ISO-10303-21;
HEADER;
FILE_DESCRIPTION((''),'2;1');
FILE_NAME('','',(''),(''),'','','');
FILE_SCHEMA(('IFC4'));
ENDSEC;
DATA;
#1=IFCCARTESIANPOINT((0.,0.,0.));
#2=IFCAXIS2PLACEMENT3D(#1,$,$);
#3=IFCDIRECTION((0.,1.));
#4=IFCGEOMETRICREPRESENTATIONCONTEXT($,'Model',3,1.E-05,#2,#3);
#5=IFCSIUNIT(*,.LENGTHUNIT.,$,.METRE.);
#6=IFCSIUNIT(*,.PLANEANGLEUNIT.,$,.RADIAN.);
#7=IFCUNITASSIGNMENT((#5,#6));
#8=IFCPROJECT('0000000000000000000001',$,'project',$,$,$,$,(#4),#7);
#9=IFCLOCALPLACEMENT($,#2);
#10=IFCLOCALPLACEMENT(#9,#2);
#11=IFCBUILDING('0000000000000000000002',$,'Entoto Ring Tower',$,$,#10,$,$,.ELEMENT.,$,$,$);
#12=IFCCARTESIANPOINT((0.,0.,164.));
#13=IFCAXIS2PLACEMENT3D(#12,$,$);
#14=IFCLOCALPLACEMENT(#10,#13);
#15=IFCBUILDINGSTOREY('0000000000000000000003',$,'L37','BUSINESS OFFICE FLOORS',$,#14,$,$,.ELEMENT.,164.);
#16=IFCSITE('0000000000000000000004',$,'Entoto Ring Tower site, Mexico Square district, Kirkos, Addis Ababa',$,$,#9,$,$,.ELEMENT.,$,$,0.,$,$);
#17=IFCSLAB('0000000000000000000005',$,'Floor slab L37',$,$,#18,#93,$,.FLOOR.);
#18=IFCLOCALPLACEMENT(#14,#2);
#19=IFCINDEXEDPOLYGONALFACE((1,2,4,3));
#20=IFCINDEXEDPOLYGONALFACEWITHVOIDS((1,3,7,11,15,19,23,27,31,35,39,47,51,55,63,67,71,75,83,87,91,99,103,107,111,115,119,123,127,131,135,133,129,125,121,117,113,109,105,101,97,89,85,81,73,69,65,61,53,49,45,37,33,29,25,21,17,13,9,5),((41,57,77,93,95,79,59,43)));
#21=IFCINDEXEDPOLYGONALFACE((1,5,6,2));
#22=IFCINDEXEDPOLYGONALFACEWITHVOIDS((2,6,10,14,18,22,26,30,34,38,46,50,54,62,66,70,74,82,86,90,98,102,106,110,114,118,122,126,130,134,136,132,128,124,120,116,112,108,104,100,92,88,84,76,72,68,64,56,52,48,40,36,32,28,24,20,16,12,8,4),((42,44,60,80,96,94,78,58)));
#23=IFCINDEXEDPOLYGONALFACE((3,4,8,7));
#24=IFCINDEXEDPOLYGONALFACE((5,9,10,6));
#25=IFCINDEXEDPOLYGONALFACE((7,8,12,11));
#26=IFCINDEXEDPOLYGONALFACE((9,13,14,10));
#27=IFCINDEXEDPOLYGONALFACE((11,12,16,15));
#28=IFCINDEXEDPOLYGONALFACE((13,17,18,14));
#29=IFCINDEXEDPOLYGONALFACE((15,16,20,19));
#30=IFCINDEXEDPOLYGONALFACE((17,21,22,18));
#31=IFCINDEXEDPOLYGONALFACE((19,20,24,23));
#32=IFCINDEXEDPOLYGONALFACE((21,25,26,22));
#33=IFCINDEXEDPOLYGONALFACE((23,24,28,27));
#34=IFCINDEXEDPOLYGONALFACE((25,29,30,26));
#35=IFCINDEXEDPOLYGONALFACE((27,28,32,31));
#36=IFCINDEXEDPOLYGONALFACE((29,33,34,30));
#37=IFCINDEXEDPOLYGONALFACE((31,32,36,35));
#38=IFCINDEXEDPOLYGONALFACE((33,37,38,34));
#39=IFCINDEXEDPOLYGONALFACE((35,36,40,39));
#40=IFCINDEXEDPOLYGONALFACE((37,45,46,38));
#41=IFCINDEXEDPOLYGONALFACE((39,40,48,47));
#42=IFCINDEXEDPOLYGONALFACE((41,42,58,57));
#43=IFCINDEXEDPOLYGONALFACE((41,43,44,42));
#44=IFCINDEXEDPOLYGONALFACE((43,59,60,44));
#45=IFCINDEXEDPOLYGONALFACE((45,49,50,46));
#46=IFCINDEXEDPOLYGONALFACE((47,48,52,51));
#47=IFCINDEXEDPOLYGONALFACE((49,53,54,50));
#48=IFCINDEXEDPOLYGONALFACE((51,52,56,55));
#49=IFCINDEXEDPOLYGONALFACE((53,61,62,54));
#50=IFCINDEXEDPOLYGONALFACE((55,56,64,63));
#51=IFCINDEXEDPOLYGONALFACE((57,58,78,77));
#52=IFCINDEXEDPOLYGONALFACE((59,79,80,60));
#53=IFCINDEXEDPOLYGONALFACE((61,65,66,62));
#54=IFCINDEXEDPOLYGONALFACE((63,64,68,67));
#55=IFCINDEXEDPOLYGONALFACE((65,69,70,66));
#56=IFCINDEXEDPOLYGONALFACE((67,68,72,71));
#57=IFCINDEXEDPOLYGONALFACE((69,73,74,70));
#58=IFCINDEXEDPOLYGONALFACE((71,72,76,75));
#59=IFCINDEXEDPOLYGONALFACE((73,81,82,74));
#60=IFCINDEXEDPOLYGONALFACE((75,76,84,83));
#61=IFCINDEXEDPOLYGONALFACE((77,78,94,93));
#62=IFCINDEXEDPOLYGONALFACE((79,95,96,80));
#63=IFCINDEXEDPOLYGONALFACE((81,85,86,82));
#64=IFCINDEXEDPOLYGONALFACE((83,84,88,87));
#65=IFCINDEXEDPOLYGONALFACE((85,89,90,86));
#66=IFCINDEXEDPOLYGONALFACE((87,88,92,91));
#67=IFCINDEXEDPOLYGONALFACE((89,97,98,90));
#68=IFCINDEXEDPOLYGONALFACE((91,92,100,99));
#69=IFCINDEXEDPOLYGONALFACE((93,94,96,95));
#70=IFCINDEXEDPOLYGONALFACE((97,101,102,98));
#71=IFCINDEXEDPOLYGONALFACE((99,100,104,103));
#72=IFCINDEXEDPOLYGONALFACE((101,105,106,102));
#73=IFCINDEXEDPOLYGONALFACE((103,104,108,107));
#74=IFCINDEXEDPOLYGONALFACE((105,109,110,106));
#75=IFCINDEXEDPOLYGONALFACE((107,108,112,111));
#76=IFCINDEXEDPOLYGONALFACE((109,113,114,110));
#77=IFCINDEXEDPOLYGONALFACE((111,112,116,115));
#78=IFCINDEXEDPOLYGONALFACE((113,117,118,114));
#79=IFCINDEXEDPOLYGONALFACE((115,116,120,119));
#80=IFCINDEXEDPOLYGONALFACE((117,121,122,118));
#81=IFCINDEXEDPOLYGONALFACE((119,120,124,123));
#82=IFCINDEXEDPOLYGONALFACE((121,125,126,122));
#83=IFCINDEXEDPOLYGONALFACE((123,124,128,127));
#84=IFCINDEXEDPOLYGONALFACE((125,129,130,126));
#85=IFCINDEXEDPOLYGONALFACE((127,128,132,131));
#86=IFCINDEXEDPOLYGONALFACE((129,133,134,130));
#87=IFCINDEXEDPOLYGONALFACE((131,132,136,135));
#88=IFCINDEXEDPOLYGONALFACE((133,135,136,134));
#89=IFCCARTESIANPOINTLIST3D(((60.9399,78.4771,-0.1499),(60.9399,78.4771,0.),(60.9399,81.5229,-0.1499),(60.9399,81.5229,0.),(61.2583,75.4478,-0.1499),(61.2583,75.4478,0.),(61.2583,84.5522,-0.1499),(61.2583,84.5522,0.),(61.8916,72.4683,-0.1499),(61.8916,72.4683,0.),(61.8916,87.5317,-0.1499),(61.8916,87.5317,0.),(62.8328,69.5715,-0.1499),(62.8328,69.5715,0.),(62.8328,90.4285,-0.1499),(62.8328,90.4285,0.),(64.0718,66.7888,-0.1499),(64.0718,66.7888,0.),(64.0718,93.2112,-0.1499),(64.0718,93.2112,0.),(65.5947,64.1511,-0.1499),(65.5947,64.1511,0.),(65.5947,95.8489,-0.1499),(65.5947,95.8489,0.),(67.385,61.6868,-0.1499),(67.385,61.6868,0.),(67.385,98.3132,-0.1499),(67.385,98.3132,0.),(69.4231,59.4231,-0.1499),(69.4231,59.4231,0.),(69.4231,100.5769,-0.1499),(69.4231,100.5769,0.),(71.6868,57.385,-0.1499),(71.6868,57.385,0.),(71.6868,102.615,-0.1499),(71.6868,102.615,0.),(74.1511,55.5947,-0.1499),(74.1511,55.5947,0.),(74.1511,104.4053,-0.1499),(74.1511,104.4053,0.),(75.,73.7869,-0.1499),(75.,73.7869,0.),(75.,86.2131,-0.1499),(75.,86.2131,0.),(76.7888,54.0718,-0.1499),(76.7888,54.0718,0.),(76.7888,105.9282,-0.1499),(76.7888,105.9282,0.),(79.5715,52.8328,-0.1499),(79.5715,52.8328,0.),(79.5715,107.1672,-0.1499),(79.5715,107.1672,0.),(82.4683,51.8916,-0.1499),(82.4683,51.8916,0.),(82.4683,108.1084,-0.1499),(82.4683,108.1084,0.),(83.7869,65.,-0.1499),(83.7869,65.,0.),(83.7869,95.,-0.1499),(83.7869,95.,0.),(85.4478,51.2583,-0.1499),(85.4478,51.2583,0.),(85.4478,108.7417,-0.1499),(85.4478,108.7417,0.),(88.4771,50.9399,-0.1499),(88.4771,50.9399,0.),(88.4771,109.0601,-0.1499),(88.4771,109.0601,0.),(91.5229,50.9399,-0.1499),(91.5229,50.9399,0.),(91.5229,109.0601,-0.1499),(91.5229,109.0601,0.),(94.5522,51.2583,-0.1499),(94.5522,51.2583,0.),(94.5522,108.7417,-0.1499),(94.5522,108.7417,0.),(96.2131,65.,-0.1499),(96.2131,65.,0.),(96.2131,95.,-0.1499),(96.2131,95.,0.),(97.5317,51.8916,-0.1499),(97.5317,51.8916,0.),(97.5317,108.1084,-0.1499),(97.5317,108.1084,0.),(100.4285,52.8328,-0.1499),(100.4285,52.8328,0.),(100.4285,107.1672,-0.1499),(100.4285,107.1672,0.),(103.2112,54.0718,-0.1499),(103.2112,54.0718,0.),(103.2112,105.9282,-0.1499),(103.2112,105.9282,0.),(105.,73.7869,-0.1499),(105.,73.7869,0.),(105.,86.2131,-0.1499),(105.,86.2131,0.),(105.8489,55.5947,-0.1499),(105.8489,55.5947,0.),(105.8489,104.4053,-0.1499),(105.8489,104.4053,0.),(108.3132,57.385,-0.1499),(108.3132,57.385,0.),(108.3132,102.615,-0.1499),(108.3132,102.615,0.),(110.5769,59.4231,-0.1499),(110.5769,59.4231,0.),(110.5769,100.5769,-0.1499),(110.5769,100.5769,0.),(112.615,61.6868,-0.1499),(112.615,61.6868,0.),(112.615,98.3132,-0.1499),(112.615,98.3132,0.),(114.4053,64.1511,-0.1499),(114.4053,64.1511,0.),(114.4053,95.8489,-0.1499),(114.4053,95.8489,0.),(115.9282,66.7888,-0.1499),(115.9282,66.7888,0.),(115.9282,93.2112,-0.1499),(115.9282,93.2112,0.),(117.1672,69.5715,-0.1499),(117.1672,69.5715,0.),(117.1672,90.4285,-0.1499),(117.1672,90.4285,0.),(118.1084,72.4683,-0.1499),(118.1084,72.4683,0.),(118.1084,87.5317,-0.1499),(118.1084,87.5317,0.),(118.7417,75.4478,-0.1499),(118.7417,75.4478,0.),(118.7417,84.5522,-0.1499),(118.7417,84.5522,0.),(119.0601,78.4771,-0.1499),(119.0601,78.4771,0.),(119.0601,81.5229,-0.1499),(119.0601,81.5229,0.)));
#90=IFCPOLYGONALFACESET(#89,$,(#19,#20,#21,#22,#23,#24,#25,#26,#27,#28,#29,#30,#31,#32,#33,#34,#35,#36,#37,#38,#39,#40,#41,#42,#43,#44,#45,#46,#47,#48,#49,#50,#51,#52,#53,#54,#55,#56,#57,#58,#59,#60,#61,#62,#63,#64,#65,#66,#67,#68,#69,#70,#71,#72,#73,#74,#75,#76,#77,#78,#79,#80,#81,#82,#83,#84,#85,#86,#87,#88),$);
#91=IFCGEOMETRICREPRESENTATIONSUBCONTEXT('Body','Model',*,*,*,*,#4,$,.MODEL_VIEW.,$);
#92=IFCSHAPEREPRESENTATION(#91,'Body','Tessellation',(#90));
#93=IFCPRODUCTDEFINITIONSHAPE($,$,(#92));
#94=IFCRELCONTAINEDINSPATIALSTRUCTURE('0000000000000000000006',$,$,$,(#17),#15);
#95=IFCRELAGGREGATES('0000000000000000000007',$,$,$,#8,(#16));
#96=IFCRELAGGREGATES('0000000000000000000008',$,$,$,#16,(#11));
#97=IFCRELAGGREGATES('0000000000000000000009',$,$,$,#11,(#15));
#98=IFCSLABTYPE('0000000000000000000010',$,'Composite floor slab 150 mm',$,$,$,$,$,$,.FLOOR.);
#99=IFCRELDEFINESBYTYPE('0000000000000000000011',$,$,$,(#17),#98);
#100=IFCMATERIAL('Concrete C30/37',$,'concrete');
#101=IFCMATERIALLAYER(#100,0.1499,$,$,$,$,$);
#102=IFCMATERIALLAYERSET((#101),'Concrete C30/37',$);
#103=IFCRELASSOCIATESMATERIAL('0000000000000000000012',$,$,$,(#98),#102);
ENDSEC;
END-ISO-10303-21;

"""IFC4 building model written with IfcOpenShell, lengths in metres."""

from ifc_helpers import new_model, si_unit, direction, frame, origin, place, context, subcontext, project, spatial, polyline, outline, extrude, material, layer, layer_set, type_object, element, save


model = new_model("IFC4")

# Units and contexts
model_context = context("Model", 3, precision=1e-05, world=origin(), true_north=direction((0.0, 1.0)))
body_context = subcontext(model_context, "Body", "Model", "MODEL_VIEW")
ifc_project = project(units=[si_unit("LENGTHUNIT", "METRE"), si_unit("PLANEANGLEUNIT", "RADIAN")], contexts=[model_context])

# Site, building, storey
site_placement = place(None, origin())
building_placement = place(site_placement, origin())
storey_placement = place(building_placement, frame((0.0, 0.0, 164.0)))
site = spatial("IfcSite", under=ifc_project, at=site_placement, Name="Entoto Ring Tower site, Mexico Square district, Kirkos, Addis Ababa", CompositionType="ELEMENT", RefElevation=0.0)
building = spatial("IfcBuilding", under=site, at=building_placement, Name="Entoto Ring Tower", CompositionType="ELEMENT")
storey = spatial("IfcBuildingStorey", under=building, at=storey_placement, Name="L37", Description="BUSINESS OFFICE FLOORS", CompositionType="ELEMENT", Elevation=164.0)

# Slab
ifc_material_1 = material(Name="Concrete C30/37", Category="concrete")
ifc_layer_1 = layer(ifc_material_1, 0.1499)
ifc_layer_set_1 = layer_set([ifc_layer_1], Name="Concrete C30/37")
slab_type = type_object("IfcSlabType", Name="Composite floor slab 150 mm", PredefinedType="FLOOR", material=ifc_layer_set_1)
slab_placement = place(storey_placement, frame((0.0, 0.0, -0.1499)))
element("IfcSlab", 1, at=slab_placement, inside=storey, type_object=slab_type, Name="Floor slab L37", PredefinedType="FLOOR", context=body_context, shape_type="SweptSolid", body=[
    extrude(outline(polyline([(118.7417, 84.5522), (118.1084, 87.5317), (117.1672, 90.4285), (115.9282, 93.2112), (114.4053, 95.8489), (112.615, 98.3132), (110.5769, 100.5769), (108.3132, 102.615), (105.8489, 104.4053), (103.2112, 105.9282), (100.4285, 107.1672), (97.5317, 108.1084), (94.5522, 108.7417), (91.5229, 109.0601), (88.4771, 109.0601), (85.4478, 108.7417), (82.4683, 108.1084), (79.5715, 107.1672), (76.7888, 105.9282), (74.1511, 104.4053), (71.6868, 102.615), (69.4231, 100.5769), (67.385, 98.3132), (65.5947, 95.8489), (64.0718, 93.2112), (62.8328, 90.4285), (61.8916, 87.5317), (61.2583, 84.5522), (60.9399, 81.5229), (60.9399, 78.4771), (61.2583, 75.4478), (61.8916, 72.4683), (62.8328, 69.5715), (64.0718, 66.7888), (65.5947, 64.1511), (67.385, 61.6868), (69.4231, 59.4231), (71.6868, 57.385), (74.1511, 55.5947), (76.7888, 54.0718), (79.5715, 52.8328), (82.4683, 51.8916), (85.4478, 51.2583), (88.4771, 50.9399), (91.5229, 50.9399), (94.5522, 51.2583), (97.5317, 51.8916), (100.4285, 52.8328), (103.2112, 54.0718), (105.8489, 55.5947), (108.3132, 57.385), (110.5769, 59.4231), (112.615, 61.6868), (114.4053, 64.1511), (115.9282, 66.7888), (117.1672, 69.5715), (118.1084, 72.4683), (118.7417, 75.4478), (119.0601, 78.4771), (119.0601, 81.5229), (118.7417, 84.5522)]), holes=[polyline([(105.0, 73.7869), (105.0, 86.2131), (96.2131, 95.0), (83.7869, 95.0), (75.0, 86.2131), (75.0, 73.7869), (83.7869, 65.0), (96.2131, 65.0), (105.0, 73.7869)])]), origin(), (0.0, 0.0, 1.0), 0.1499),
])

save(model, "model.ifc")
